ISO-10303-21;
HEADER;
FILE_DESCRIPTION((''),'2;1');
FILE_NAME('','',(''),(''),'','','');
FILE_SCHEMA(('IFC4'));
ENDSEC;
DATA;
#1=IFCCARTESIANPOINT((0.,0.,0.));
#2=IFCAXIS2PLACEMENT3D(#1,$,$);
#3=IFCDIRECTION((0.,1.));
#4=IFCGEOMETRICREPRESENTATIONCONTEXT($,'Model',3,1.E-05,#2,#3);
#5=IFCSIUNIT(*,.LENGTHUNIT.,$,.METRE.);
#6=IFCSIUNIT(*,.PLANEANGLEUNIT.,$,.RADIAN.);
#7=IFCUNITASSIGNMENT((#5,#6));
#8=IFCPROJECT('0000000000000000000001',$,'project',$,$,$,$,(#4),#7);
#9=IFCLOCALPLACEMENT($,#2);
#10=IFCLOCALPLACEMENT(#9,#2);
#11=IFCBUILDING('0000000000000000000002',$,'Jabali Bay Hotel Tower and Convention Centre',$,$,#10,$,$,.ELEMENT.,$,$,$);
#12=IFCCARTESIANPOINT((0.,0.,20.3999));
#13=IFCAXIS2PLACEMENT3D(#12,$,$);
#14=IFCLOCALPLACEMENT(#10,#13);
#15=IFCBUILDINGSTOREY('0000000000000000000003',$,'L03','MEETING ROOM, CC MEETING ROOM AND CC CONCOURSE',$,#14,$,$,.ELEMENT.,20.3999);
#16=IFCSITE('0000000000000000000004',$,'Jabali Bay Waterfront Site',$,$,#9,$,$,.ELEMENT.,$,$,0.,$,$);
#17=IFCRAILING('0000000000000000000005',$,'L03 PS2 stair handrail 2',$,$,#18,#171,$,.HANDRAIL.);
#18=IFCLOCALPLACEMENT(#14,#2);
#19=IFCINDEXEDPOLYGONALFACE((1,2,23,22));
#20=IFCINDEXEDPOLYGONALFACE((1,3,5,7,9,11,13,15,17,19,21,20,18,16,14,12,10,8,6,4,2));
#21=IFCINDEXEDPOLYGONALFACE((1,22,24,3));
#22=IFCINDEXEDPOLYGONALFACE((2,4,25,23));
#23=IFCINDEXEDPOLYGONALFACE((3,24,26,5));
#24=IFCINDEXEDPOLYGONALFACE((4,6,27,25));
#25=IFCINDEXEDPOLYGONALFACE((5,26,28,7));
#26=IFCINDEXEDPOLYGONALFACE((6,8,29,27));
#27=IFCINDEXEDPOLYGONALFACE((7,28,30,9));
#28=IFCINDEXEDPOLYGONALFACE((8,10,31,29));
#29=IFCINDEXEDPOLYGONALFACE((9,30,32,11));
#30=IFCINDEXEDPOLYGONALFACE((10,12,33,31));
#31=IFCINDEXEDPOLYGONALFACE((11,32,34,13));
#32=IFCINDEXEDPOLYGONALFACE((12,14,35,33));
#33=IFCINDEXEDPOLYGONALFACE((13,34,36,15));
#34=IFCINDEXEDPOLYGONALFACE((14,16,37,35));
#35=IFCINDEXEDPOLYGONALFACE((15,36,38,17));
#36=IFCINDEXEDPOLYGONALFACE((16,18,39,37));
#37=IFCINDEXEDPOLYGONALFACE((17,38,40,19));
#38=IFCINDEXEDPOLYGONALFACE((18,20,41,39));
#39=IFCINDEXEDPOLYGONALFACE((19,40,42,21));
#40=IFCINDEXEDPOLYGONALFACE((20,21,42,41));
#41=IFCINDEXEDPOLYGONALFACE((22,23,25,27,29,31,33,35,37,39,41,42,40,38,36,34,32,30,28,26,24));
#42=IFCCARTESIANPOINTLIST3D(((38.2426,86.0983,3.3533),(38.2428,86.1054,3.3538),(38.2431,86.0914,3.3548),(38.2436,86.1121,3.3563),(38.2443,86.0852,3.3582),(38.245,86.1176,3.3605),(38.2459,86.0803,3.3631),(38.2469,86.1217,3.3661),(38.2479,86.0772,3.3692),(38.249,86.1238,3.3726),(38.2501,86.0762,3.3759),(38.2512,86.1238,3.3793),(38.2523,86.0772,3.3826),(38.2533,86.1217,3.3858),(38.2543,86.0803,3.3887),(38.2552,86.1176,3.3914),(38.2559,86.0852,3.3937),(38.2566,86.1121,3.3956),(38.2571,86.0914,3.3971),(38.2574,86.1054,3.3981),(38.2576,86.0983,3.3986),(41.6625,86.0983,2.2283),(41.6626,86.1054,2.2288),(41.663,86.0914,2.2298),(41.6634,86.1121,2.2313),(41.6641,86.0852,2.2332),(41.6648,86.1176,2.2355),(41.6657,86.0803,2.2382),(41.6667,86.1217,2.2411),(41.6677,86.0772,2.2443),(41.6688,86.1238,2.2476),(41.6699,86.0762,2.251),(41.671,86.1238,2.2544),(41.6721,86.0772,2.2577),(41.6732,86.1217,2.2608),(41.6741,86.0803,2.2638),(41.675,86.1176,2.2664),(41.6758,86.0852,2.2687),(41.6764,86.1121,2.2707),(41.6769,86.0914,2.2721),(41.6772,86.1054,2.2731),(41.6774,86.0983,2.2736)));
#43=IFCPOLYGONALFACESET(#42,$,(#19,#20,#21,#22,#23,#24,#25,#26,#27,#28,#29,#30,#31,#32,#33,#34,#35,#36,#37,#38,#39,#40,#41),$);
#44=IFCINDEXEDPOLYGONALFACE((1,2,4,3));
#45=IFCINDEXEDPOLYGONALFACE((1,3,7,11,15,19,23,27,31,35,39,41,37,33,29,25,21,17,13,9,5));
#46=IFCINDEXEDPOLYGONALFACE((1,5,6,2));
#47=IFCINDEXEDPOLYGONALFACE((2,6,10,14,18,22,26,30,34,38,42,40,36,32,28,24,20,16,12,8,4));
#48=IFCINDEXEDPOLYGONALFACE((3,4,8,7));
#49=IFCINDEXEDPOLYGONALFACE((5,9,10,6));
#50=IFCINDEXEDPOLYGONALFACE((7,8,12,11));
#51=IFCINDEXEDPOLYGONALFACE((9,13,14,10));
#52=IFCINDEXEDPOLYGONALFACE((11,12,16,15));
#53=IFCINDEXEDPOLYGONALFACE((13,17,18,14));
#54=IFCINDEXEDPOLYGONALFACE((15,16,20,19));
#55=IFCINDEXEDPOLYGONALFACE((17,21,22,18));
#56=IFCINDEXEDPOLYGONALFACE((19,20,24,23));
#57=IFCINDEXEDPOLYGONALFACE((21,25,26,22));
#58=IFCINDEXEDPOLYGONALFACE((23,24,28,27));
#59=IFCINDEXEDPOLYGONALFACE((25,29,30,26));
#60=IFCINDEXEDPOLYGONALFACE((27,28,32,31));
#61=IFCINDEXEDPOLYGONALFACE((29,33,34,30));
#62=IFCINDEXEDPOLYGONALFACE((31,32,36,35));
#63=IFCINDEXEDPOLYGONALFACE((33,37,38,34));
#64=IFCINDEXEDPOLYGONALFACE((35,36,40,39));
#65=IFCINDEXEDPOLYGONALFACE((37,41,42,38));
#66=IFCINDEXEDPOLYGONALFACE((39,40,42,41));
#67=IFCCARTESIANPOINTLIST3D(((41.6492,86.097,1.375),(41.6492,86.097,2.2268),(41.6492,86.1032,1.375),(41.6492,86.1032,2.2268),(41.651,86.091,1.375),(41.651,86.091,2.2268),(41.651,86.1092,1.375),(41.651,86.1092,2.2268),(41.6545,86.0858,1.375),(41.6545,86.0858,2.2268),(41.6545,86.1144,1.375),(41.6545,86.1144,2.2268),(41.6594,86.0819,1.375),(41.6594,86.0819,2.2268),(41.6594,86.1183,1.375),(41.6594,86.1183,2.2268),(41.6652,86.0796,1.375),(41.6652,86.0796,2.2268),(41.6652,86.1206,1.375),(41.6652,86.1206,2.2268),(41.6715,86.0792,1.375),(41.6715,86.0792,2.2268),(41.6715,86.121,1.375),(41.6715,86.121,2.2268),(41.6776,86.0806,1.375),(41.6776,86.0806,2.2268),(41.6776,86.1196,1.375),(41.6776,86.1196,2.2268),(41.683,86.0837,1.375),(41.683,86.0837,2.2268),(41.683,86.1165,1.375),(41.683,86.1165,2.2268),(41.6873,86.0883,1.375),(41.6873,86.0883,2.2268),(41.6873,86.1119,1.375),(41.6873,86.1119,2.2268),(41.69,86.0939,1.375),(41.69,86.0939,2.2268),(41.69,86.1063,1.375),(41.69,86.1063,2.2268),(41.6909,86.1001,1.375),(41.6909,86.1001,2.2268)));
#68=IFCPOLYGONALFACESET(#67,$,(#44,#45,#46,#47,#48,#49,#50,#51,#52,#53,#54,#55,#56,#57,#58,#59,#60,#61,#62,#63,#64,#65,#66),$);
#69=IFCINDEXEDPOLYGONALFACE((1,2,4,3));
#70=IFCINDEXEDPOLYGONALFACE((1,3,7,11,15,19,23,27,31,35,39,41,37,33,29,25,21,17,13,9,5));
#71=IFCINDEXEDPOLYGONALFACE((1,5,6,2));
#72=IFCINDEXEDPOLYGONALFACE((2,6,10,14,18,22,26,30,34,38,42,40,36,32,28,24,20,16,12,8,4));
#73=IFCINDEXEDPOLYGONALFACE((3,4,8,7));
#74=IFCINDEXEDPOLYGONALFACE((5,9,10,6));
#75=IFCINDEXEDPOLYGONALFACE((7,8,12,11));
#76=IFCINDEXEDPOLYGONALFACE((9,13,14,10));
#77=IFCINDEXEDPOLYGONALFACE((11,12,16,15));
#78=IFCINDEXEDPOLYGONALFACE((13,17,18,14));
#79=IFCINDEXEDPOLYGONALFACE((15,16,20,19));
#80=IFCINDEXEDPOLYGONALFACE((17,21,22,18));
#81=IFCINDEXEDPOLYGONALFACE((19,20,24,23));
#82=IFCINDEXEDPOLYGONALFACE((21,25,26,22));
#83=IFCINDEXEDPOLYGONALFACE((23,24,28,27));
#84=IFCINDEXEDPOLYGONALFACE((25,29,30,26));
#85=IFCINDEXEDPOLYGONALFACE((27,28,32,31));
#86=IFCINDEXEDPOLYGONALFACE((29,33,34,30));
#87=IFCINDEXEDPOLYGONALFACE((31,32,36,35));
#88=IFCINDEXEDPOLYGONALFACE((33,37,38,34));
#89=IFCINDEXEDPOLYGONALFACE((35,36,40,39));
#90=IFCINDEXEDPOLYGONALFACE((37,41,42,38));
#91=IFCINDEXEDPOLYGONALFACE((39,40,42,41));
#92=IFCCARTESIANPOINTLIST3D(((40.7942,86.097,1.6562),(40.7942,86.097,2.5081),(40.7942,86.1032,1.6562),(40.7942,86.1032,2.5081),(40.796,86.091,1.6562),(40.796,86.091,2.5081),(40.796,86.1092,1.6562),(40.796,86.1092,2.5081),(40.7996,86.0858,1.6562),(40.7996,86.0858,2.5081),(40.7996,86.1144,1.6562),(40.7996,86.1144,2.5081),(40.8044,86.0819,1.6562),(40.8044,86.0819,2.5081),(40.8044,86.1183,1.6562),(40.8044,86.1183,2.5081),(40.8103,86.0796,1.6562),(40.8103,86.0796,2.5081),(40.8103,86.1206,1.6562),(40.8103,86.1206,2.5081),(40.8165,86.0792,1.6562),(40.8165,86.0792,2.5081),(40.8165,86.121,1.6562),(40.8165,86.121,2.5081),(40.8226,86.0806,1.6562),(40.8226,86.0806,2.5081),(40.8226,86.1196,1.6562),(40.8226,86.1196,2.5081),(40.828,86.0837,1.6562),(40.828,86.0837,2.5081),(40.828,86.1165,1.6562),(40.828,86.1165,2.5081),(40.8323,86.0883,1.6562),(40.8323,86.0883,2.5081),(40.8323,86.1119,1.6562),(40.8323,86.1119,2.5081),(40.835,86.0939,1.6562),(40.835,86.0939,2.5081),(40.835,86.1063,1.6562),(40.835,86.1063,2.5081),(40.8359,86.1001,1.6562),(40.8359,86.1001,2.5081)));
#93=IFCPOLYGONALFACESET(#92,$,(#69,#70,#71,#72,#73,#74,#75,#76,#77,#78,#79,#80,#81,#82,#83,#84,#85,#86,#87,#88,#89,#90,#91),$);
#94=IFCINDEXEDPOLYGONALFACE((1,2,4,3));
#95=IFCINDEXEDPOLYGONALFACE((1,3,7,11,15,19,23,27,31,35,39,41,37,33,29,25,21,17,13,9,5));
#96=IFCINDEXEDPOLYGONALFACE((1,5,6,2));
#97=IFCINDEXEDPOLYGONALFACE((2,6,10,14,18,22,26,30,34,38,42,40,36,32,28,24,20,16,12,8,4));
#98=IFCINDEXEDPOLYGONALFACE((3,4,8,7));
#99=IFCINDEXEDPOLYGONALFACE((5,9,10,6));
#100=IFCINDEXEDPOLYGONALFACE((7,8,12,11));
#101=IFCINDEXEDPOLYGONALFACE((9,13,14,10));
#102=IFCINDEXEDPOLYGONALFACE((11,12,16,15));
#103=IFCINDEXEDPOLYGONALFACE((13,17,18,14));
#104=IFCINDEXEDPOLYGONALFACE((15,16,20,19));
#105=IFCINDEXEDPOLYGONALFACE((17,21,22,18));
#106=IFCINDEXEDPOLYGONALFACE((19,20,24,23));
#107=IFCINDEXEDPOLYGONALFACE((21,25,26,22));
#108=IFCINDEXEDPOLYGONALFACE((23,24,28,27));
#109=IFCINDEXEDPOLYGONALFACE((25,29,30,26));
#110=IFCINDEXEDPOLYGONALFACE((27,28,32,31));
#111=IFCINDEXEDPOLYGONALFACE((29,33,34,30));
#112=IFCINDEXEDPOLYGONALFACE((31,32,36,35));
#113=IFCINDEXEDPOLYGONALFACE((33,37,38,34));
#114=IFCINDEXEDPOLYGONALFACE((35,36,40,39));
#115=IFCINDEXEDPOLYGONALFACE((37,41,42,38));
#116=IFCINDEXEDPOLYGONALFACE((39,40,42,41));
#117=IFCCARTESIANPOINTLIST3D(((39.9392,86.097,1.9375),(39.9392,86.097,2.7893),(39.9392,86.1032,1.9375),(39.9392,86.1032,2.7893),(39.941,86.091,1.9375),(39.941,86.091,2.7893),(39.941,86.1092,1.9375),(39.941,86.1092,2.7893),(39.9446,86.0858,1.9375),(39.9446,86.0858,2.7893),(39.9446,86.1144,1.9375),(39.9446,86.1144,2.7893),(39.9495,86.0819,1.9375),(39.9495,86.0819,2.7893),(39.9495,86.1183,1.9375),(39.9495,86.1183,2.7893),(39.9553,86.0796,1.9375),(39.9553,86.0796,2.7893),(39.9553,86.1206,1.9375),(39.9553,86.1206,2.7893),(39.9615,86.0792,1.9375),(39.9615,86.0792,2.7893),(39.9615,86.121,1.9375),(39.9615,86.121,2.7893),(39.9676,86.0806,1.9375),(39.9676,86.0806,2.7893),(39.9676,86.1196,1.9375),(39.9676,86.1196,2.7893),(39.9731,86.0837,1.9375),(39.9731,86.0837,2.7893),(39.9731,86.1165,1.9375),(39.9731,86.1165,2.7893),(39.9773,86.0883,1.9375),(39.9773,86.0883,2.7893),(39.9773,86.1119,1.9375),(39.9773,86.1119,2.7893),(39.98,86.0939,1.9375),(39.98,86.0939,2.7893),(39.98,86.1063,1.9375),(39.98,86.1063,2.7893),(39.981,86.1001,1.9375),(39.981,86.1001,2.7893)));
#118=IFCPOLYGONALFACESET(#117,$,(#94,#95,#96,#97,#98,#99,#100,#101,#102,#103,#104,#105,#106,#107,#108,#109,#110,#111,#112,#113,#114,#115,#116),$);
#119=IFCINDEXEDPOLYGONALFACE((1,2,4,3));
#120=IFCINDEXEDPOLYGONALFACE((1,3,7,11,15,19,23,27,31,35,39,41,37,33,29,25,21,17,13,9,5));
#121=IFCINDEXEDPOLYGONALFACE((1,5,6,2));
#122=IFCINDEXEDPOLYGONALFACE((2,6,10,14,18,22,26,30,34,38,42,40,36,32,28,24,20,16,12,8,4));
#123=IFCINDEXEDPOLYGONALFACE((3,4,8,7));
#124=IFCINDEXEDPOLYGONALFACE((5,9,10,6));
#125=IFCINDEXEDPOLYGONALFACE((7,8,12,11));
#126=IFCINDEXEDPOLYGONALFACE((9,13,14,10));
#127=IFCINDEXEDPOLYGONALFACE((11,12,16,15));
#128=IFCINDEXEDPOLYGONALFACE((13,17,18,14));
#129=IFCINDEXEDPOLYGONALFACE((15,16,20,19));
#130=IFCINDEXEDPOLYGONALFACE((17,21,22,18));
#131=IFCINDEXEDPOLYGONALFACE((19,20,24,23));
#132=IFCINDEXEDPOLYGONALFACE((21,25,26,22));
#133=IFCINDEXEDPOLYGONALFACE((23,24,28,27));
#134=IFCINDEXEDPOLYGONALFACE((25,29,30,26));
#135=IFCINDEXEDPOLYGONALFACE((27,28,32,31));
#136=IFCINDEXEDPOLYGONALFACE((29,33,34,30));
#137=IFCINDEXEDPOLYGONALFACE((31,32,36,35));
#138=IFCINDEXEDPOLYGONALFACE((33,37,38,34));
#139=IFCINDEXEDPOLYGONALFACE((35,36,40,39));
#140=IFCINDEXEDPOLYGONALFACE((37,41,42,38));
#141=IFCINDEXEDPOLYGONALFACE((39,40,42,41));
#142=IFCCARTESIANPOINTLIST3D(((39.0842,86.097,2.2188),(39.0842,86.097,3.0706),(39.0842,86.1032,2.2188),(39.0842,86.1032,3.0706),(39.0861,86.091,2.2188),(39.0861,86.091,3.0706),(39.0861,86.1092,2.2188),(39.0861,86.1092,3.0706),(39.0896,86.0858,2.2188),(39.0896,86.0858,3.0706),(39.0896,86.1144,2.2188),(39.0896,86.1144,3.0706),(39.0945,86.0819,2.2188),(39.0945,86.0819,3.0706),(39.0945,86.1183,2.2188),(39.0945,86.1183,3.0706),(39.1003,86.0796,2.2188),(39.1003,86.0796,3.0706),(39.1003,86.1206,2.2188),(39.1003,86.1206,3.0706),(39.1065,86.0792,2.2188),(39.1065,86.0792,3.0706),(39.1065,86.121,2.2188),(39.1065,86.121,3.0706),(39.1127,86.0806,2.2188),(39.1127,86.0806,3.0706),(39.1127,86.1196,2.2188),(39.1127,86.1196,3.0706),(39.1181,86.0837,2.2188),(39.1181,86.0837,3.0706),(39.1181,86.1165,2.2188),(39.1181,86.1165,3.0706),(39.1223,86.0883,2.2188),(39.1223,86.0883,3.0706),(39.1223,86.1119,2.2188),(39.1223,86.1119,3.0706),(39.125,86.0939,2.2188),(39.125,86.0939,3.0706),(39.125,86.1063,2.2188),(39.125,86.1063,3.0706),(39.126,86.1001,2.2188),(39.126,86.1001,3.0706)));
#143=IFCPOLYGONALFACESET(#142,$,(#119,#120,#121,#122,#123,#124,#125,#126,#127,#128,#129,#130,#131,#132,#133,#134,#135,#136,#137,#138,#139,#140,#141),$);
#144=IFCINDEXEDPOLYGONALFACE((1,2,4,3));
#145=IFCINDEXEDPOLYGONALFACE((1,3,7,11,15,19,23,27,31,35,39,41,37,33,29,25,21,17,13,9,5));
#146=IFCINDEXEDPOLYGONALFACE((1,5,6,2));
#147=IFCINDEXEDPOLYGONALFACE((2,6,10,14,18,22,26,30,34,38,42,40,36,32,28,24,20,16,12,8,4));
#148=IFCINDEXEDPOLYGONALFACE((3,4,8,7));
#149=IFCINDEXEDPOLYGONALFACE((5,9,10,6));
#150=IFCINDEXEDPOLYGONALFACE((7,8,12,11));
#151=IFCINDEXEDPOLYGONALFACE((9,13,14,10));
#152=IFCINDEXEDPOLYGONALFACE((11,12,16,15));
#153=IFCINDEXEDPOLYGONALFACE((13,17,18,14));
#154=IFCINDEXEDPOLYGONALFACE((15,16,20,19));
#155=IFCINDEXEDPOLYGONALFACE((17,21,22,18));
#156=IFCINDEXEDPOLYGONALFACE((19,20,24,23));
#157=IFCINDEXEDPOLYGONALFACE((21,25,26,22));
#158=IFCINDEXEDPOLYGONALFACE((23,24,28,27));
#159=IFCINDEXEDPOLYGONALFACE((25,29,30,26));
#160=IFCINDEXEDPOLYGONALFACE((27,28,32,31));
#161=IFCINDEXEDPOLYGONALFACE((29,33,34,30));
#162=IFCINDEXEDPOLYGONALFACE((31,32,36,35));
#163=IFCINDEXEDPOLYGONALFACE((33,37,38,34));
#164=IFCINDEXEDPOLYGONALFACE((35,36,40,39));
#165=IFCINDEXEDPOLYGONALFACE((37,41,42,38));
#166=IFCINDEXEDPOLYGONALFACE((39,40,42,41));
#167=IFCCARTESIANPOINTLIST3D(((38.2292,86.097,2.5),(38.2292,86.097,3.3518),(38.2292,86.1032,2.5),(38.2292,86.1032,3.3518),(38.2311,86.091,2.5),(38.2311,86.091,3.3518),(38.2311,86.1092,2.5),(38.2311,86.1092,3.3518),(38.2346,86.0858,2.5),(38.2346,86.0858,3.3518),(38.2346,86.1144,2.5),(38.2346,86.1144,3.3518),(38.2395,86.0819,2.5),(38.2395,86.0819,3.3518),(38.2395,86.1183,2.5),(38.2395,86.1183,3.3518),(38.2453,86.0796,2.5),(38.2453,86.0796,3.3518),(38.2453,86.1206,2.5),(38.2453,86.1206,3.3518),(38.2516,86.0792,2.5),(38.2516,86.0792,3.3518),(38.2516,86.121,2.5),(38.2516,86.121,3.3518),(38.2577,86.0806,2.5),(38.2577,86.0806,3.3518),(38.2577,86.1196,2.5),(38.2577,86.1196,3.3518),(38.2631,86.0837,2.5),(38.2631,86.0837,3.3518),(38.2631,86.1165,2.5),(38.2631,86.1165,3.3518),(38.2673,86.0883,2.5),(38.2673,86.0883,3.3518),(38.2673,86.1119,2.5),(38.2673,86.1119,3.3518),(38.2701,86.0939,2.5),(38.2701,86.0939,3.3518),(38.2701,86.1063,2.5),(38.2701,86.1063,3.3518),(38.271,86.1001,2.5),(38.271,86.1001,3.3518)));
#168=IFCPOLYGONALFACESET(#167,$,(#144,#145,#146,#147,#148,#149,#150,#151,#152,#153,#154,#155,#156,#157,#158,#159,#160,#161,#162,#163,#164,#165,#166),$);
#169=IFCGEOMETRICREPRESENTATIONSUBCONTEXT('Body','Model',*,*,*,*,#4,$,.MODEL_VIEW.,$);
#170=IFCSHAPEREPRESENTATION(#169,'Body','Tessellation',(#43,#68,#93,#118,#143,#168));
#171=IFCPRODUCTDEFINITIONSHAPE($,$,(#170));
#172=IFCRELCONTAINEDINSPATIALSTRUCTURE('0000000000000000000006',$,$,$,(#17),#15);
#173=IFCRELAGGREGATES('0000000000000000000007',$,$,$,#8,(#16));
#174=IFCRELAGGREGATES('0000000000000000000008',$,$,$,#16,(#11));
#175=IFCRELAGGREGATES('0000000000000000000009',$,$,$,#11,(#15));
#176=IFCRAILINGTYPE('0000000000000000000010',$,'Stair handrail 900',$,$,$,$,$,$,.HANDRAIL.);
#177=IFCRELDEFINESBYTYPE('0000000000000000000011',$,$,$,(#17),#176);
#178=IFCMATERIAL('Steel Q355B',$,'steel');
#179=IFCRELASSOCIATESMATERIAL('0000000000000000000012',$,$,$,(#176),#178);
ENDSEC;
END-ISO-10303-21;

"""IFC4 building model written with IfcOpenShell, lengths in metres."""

from ifc_helpers import new_model, si_unit, direction, frame, origin, origin_2d, place, context, subcontext, project, spatial, circle, extrude, material, type_object, element, save


model = new_model("IFC4")

# Units and contexts
model_context = context("Model", 3, precision=1e-05, world=origin(), true_north=direction((0.0, 1.0)))
body_context = subcontext(model_context, "Body", "Model", "MODEL_VIEW")
ifc_project = project(units=[si_unit("LENGTHUNIT", "METRE"), si_unit("PLANEANGLEUNIT", "RADIAN")], contexts=[model_context])

# Site, building, storey
site_placement = place(None, origin())
site = spatial("IfcSite", under=ifc_project, at=site_placement, Name="Jabali Bay Waterfront Site", CompositionType="ELEMENT", RefElevation=0.0)
building_placement = place(site_placement, origin())
building = spatial("IfcBuilding", under=site, at=building_placement, Name="Jabali Bay Hotel Tower and Convention Centre", CompositionType="ELEMENT")
storey_placement = place(building_placement, frame((0.0, 0.0, 20.3999)))
storey = spatial("IfcBuildingStorey", under=building, at=storey_placement, Name="L03", Description="MEETING ROOM, CC MEETING ROOM AND CC CONCOURSE", CompositionType="ELEMENT", Elevation=20.3999)

# Railing
ifc_material_1 = material(Name="Steel Q355B", Category="steel")
railing_type_1 = type_object("IfcRailingType", Name="Stair handrail 900", PredefinedType="HANDRAIL", material=ifc_material_1)
for number, where, name in (
    (1, (41.6699, 86.1001, 1.375), "L03 PS2 stair handrail 2"),
):
    element("IfcRailing", number, at=place(storey_placement, frame(where)), inside=storey, type_object=railing_type_1, Name=name, PredefinedType="HANDRAIL", context=body_context, shape_type="SweptSolid", body=[
        extrude(circle(Radius=0.0239, at=origin_2d()), frame((0.0, 0.0, 0.876), z_axis=(-0.949924, 0.0, 0.312482), x_axis=(0.0, -1.0, 0.0)), (0.0, 0.0, 1.0), 3.6001),
        extrude(circle(Radius=0.021, at=origin_2d()), origin(), (0.0, 0.0, 1.0), 0.8518),
        extrude(circle(Radius=0.021, at=origin_2d()), frame((-0.855, 0.0, 0.2812)), (0.0, 0.0, 1.0), 0.8518),
        extrude(circle(Radius=0.021, at=origin_2d()), frame((-1.71, 0.0, 0.5625)), (0.0, 0.0, 1.0), 0.8518),
        extrude(circle(Radius=0.021, at=origin_2d()), frame((-2.5649, 0.0, 0.8438)), (0.0, 0.0, 1.0), 0.8518),
        extrude(circle(Radius=0.021, at=origin_2d()), frame((-3.4199, 0.0, 1.125)), (0.0, 0.0, 1.0), 0.8518),
    ])

save(model, "model.ifc")
